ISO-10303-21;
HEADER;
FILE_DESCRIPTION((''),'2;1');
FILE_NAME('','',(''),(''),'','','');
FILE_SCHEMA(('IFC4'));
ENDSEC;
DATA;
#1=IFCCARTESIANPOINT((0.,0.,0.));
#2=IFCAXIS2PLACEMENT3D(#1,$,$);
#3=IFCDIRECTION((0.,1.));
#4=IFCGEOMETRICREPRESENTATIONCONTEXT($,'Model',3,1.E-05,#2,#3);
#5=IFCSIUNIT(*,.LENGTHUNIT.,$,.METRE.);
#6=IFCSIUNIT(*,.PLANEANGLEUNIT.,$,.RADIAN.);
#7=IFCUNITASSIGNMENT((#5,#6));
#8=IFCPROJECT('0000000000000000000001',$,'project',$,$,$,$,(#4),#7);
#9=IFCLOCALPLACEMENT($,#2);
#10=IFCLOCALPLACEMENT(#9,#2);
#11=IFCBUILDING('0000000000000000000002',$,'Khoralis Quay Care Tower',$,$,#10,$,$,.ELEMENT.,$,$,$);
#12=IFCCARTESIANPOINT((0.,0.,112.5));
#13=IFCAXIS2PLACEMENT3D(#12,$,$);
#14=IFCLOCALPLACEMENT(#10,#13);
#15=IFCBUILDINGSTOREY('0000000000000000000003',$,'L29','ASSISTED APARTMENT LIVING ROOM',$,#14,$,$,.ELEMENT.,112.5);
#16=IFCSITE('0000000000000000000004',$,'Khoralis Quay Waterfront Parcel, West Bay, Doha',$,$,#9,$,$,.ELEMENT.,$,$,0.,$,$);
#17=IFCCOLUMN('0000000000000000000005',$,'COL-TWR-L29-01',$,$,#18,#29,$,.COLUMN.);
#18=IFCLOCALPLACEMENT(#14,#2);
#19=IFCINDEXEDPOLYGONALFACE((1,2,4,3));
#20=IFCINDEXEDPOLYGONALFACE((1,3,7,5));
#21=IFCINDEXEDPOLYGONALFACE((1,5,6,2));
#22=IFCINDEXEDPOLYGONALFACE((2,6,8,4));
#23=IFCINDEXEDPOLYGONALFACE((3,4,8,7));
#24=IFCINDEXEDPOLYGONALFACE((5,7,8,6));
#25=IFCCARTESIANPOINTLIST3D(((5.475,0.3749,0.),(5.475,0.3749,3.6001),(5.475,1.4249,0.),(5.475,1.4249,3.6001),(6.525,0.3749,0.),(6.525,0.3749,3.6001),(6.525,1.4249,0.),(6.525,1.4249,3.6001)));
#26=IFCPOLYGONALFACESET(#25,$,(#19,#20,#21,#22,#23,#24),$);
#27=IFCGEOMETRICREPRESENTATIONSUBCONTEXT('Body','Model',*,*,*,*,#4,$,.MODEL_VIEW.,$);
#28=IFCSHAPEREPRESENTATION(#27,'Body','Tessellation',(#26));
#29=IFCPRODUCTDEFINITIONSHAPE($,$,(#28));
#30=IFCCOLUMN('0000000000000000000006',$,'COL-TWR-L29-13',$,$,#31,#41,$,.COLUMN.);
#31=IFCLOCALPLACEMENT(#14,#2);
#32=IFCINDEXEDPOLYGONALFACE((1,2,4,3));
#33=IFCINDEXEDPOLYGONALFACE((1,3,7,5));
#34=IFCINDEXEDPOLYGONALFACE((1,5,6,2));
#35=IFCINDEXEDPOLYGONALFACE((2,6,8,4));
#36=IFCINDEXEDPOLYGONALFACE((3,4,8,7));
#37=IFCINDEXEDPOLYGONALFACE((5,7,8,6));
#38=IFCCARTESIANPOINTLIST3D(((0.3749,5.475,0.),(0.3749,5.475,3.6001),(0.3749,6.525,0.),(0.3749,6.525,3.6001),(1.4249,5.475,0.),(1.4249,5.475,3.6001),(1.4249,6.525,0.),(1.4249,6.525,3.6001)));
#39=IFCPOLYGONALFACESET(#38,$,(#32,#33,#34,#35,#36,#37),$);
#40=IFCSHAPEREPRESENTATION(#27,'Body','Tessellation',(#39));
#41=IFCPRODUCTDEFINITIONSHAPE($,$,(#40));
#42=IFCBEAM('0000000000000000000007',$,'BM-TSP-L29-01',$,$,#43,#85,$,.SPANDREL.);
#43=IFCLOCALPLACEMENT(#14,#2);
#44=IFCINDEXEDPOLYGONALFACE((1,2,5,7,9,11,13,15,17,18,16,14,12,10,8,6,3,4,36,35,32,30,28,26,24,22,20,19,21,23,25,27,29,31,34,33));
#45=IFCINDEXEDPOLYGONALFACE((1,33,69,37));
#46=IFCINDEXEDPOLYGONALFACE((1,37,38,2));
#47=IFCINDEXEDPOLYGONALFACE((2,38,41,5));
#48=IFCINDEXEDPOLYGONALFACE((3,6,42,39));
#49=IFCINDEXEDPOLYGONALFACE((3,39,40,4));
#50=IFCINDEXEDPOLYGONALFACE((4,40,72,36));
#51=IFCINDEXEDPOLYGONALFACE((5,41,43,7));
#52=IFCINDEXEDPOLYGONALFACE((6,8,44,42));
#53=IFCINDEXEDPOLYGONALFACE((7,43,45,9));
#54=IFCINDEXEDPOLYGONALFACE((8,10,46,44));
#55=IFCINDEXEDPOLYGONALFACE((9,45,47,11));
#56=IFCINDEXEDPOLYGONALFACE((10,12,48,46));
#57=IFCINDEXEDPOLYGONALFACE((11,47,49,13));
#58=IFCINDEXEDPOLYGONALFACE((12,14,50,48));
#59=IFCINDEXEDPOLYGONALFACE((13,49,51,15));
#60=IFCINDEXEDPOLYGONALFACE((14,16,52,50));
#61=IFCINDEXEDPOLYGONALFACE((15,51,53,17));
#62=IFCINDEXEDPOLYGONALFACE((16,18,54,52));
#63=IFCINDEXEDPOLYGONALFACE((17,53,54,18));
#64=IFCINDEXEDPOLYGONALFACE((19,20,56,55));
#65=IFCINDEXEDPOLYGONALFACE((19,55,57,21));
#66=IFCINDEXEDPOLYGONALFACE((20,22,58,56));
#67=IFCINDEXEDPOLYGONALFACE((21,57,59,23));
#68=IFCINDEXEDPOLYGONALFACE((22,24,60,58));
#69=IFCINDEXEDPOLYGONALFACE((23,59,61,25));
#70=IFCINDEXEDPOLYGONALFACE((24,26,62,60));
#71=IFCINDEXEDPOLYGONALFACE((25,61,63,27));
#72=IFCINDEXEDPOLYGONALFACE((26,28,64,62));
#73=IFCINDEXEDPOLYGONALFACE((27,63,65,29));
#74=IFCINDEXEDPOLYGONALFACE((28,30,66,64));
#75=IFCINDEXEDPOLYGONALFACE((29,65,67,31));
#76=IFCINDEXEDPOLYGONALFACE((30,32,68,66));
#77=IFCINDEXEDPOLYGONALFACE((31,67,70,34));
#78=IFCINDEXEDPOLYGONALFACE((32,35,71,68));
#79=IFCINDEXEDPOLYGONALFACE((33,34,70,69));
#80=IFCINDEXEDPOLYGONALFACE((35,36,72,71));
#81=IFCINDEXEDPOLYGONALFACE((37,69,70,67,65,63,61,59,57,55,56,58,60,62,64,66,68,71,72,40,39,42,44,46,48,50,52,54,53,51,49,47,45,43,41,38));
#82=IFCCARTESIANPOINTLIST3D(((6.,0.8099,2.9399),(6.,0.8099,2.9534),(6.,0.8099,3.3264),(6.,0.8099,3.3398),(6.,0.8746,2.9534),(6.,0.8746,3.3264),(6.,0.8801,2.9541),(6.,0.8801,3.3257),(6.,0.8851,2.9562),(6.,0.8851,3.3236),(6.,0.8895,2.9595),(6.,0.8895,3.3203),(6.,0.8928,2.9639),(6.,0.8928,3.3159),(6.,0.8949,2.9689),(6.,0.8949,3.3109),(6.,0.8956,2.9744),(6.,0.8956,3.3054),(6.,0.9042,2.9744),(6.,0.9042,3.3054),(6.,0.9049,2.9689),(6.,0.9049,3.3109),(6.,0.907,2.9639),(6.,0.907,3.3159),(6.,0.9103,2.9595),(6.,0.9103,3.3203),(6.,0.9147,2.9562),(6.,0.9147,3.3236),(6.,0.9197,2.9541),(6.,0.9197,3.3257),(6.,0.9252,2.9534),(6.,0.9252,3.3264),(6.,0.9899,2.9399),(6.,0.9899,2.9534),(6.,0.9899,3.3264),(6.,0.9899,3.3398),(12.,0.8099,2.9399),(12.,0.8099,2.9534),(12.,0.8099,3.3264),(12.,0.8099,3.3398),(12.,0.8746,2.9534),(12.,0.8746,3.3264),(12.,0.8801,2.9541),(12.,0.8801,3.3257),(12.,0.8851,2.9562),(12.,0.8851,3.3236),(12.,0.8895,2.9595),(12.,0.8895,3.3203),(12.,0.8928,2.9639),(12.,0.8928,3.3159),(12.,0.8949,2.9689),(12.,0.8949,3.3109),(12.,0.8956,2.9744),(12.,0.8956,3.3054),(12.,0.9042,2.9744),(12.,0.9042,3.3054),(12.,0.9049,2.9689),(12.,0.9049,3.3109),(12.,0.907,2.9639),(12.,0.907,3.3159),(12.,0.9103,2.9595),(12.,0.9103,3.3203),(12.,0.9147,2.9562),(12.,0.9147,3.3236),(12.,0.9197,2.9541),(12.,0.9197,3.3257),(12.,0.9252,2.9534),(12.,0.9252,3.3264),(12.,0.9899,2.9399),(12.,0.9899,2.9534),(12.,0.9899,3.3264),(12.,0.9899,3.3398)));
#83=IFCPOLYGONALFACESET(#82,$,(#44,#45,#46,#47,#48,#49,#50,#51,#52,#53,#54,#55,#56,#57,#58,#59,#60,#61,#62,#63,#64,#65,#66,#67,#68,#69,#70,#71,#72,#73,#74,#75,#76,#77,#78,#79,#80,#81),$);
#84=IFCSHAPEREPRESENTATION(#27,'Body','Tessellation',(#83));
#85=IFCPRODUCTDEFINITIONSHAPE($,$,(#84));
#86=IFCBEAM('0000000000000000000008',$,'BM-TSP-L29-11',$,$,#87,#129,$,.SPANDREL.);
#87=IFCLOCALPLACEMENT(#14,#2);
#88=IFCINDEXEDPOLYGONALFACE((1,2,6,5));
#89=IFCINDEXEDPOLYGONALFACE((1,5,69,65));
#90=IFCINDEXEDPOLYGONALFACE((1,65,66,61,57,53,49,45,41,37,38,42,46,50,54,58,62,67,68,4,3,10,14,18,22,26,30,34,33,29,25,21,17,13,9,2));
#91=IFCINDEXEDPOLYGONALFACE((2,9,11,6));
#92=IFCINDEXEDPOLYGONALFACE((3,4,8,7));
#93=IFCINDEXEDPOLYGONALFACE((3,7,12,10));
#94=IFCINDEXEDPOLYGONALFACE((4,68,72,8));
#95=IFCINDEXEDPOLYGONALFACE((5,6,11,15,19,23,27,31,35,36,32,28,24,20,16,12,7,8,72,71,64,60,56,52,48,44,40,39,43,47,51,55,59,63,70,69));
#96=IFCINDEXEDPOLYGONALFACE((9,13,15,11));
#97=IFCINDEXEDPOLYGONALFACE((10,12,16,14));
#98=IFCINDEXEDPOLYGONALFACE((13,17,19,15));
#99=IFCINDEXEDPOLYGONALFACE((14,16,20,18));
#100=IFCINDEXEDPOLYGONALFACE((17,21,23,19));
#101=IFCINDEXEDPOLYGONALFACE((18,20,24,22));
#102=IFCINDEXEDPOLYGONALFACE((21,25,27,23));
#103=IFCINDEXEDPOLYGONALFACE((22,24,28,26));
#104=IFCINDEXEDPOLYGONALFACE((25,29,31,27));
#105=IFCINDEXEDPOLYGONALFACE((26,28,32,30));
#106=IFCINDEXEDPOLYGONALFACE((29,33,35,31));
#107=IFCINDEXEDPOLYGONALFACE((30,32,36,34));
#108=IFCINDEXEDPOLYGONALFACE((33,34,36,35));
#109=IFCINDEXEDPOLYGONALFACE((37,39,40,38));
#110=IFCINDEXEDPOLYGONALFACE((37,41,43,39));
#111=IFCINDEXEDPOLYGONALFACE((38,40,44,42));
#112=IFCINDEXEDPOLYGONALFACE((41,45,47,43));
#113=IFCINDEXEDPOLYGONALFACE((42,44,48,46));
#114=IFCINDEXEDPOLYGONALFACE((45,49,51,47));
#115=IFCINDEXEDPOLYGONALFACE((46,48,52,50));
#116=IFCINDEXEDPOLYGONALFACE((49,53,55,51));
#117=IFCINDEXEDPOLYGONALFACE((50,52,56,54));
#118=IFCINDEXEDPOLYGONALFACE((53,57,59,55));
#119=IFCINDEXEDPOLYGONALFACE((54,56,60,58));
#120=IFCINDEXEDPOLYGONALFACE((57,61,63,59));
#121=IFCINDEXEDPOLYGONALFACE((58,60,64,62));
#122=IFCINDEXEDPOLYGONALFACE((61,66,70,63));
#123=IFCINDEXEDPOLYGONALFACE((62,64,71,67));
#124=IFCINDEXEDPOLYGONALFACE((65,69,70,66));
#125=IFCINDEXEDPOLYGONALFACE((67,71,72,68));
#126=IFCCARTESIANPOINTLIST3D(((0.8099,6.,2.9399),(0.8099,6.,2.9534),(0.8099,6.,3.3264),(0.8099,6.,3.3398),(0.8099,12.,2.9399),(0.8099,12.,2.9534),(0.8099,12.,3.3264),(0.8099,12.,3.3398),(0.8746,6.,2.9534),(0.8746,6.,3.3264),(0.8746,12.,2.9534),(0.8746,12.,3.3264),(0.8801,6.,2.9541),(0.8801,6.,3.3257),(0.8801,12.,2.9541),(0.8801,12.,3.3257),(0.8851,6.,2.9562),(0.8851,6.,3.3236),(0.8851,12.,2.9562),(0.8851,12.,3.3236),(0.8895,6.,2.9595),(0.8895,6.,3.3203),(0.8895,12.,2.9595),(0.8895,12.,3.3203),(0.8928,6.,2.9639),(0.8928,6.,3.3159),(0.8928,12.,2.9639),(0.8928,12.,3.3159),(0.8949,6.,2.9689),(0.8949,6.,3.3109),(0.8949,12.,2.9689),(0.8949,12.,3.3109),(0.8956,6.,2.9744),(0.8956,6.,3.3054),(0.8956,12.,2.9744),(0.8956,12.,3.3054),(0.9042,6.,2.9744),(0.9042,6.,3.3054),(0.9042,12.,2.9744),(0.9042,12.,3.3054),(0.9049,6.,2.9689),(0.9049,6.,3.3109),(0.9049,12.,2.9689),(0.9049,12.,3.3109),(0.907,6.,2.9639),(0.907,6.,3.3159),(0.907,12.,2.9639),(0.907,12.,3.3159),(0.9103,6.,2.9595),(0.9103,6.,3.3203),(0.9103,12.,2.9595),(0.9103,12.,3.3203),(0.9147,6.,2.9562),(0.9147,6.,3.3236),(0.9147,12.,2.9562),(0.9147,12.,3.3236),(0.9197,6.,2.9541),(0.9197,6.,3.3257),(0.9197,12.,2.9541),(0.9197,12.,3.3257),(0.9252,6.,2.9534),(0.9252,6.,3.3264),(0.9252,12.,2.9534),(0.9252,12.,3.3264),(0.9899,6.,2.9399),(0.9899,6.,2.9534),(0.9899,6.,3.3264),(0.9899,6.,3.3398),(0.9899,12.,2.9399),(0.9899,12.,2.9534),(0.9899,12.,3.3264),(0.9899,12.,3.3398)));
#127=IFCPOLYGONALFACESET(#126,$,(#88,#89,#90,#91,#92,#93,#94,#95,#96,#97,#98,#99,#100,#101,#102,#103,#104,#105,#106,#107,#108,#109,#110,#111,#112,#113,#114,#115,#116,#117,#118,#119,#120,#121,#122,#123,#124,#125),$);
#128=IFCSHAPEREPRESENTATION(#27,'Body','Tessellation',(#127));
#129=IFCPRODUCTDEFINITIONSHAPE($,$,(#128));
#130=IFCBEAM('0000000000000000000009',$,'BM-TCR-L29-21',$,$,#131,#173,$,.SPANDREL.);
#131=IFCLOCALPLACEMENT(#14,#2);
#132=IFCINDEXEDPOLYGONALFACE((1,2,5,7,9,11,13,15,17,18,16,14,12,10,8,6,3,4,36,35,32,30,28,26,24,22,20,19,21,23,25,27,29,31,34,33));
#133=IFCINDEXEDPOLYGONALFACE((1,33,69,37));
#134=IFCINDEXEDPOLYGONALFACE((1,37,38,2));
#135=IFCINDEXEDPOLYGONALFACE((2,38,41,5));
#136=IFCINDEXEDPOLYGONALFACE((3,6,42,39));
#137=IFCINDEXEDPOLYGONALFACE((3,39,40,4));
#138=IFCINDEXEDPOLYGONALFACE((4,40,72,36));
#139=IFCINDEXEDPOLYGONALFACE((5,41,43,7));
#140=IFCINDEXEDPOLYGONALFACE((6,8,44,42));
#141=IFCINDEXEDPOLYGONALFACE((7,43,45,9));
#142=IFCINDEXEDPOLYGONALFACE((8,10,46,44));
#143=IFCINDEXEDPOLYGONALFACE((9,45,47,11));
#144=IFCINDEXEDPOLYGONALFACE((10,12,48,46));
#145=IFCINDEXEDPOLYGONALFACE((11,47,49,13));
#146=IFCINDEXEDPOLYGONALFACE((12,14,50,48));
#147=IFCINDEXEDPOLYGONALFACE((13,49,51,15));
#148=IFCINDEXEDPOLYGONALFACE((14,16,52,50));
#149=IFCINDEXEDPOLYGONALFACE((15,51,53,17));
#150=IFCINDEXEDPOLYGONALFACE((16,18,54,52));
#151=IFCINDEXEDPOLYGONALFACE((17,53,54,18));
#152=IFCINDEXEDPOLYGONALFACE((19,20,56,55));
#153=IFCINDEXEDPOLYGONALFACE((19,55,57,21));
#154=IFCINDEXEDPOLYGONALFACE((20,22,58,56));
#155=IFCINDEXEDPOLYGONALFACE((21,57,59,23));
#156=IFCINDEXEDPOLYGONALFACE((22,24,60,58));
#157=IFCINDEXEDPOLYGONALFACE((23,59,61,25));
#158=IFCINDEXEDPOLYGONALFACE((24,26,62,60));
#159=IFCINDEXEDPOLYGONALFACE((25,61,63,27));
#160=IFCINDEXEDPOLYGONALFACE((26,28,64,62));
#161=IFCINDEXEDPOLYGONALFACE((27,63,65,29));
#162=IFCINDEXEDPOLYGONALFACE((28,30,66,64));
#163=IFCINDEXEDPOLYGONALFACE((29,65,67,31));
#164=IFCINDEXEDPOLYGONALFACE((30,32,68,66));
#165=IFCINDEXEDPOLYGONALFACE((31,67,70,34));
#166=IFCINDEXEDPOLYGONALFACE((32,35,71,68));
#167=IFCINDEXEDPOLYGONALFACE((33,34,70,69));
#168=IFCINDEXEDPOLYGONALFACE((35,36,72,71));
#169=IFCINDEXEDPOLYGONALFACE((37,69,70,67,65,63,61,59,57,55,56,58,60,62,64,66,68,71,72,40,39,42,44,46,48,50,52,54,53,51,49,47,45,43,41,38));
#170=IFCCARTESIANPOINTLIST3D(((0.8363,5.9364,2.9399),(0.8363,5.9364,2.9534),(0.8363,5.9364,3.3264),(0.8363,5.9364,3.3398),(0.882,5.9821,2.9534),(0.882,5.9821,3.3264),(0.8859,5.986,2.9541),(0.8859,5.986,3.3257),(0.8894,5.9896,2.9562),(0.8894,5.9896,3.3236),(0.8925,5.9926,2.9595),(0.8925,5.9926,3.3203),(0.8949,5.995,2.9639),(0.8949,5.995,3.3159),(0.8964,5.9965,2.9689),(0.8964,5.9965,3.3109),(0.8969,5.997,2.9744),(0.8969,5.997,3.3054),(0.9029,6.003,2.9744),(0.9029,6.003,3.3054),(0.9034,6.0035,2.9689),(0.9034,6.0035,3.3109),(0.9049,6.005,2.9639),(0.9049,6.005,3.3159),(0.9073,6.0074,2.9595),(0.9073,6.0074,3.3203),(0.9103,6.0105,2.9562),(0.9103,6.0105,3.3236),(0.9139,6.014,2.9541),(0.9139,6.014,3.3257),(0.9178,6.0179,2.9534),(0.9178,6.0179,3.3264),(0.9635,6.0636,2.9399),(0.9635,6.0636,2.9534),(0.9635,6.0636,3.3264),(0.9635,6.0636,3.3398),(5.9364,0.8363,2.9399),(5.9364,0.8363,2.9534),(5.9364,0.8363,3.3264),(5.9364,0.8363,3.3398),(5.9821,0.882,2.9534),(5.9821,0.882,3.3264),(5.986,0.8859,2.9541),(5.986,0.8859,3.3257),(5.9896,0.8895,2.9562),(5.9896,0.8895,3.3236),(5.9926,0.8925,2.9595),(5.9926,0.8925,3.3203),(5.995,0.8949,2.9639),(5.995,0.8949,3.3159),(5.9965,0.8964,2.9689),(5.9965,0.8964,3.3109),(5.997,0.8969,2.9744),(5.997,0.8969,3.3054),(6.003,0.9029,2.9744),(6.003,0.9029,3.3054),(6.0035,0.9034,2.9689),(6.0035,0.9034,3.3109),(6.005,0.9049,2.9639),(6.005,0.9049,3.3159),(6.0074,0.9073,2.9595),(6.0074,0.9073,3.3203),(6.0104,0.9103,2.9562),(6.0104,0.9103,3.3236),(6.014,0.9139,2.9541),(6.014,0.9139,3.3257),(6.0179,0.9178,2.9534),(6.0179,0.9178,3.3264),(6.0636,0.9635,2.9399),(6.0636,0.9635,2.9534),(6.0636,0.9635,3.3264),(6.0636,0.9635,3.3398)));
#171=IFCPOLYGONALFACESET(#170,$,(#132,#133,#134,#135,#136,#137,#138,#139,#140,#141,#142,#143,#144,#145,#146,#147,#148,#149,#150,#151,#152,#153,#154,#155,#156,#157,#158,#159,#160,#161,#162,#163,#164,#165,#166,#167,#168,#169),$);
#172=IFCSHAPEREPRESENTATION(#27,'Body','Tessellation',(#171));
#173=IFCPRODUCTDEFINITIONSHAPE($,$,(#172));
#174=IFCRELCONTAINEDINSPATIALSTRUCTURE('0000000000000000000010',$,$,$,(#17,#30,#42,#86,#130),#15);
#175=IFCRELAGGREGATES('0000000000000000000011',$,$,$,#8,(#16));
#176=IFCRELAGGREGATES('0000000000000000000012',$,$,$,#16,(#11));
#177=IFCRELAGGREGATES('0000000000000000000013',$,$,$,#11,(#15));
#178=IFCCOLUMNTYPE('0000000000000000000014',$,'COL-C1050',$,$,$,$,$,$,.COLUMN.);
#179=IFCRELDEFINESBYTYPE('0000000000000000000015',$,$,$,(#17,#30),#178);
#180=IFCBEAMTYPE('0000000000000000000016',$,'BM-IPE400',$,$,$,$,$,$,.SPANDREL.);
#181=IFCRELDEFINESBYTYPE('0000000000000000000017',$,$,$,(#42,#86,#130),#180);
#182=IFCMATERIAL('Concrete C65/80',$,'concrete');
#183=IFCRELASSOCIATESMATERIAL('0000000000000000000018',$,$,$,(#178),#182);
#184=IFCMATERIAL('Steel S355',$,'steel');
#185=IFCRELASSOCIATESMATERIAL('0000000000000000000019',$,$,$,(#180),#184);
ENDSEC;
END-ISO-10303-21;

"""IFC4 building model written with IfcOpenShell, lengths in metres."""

from ifc_helpers import new_model, si_unit, direction, frame, origin, origin_2d, place, context, subcontext, project, spatial, rectangle, i_section, extrude, source, transform, mapped, material, material_profile, profile_set, type_object, element, save


model = new_model("IFC4")

# Units and contexts
model_context = context("Model", 3, precision=1e-05, world=origin(), true_north=direction((0.0, 1.0)))
body_context = subcontext(model_context, "Body", "Model", "MODEL_VIEW")
ifc_project = project(units=[si_unit("LENGTHUNIT", "METRE"), si_unit("PLANEANGLEUNIT", "RADIAN")], contexts=[model_context])

# Site, building, storey
site_placement = place(None, origin())
site = spatial("IfcSite", under=ifc_project, at=site_placement, Name="Khoralis Quay Waterfront Parcel, West Bay, Doha", CompositionType="ELEMENT", RefElevation=0.0)
building_placement = place(site_placement, origin())
building = spatial("IfcBuilding", under=site, at=building_placement, Name="Khoralis Quay Care Tower", CompositionType="ELEMENT")
storey_placement = place(building_placement, frame((0.0, 0.0, 112.5)))
storey = spatial("IfcBuildingStorey", under=building, at=storey_placement, Name="L29", Description="ASSISTED APARTMENT LIVING ROOM", CompositionType="ELEMENT", Elevation=112.5)

# Columns
ifc_material_1 = material(Name="Concrete C65/80", Category="concrete")
ifc_material_profile_1 = material_profile(ifc_material_1, rectangle(XDim=1.05, YDim=1.05, at=origin_2d()), Name="Concrete C65/80")
ifc_profile_set_1 = profile_set([ifc_material_profile_1], Name="Concrete C65/80")
column_type = type_object("IfcColumnType", Name="COL-C1050", PredefinedType="COLUMN", material=ifc_profile_set_1)
shared_shape_1 = source(origin(), body_context, "Body", "SweptSolid", [
    extrude(rectangle(XDim=1.05, YDim=1.05, at=origin_2d()), origin(), (0.0, 0.0, 1.0), 3.6001),
])
for number, where, z_axis, x_axis, name in (
    (1, (6.0, 0.8999, 0.0), (0.0, 0.0, 1.0), (1.0, 0.0, 0.0), "COL-TWR-L29-01"),
    (2, (0.8999, 6.0, 0.0), (0.0, 0.0, 1.0), (1.0, 0.0, 0.0), "COL-TWR-L29-13"),
):
    element("IfcColumn", number, at=place(storey_placement, frame(where, z_axis=z_axis, x_axis=x_axis)), inside=storey, type_object=column_type, Name=name, PredefinedType="COLUMN", context=body_context, shape_type="MappedRepresentation", body=[
        mapped(shared_shape_1, transform((0.0, 0.0, 0.0), scale=1.0)),
    ])

# Beams
ifc_material_2 = material(Name="Steel S355", Category="steel")
ifc_material_profile_2 = material_profile(ifc_material_2, i_section(OverallWidth=0.1799, OverallDepth=0.3999, WebThickness=0.0085, FlangeThickness=0.0134, FilletRadius=0.021, at=origin_2d()), Name="Steel S355")
ifc_profile_set_2 = profile_set([ifc_material_profile_2], Name="Steel S355")
beam_type_1 = type_object("IfcBeamType", Name="BM-IPE400", PredefinedType="SPANDREL", material=ifc_profile_set_2)
shared_shape_2 = source(origin(), body_context, "Body", "SweptSolid", [
    extrude(i_section(OverallWidth=0.1799, OverallDepth=0.3999, WebThickness=0.0085, FlangeThickness=0.0134, FilletRadius=0.021, at=origin_2d()), origin(), (0.0, 0.0, 1.0), 6.0),
])
for number, where, z_axis, x_axis, name in (
    (3, (6.0, 0.8999, 3.1399), (1.0, 0.0, 0.0), (0.0, 1.0, 0.0), "BM-TSP-L29-01"),
    (4, (0.8999, 6.0, 3.1399), (0.0, 1.0, 0.0), (-1.0, 0.0, 0.0), "BM-TSP-L29-11"),
):
    element("IfcBeam", number, at=place(storey_placement, frame(where, z_axis=z_axis, x_axis=x_axis)), inside=storey, type_object=beam_type_1, Name=name, PredefinedType="SPANDREL", context=body_context, shape_type="MappedRepresentation", body=[
        mapped(shared_shape_2, transform((0.0, 0.0, 0.0), scale=1.0)),
    ])
shared_shape_3 = source(origin(), body_context, "Body", "SweptSolid", [
    extrude(i_section(OverallWidth=0.1799, OverallDepth=0.3999, WebThickness=0.0085, FlangeThickness=0.0134, FilletRadius=0.021, at=origin_2d()), origin(), (0.0, 0.0, 1.0), 7.2126),
])
beam_1_placement = place(storey_placement, frame((6.0, 0.8999, 3.1399), z_axis=(-0.707107, 0.707107, 0.0), x_axis=(-0.707107, -0.707107, 0.0)))
element("IfcBeam", 5, at=beam_1_placement, inside=storey, type_object=beam_type_1, Name="BM-TCR-L29-21", PredefinedType="SPANDREL", context=body_context, shape_type="MappedRepresentation", body=[
    mapped(shared_shape_3, transform((0.0, 0.0, 0.0), scale=1.0)),
])

save(model, "model.ifc")
